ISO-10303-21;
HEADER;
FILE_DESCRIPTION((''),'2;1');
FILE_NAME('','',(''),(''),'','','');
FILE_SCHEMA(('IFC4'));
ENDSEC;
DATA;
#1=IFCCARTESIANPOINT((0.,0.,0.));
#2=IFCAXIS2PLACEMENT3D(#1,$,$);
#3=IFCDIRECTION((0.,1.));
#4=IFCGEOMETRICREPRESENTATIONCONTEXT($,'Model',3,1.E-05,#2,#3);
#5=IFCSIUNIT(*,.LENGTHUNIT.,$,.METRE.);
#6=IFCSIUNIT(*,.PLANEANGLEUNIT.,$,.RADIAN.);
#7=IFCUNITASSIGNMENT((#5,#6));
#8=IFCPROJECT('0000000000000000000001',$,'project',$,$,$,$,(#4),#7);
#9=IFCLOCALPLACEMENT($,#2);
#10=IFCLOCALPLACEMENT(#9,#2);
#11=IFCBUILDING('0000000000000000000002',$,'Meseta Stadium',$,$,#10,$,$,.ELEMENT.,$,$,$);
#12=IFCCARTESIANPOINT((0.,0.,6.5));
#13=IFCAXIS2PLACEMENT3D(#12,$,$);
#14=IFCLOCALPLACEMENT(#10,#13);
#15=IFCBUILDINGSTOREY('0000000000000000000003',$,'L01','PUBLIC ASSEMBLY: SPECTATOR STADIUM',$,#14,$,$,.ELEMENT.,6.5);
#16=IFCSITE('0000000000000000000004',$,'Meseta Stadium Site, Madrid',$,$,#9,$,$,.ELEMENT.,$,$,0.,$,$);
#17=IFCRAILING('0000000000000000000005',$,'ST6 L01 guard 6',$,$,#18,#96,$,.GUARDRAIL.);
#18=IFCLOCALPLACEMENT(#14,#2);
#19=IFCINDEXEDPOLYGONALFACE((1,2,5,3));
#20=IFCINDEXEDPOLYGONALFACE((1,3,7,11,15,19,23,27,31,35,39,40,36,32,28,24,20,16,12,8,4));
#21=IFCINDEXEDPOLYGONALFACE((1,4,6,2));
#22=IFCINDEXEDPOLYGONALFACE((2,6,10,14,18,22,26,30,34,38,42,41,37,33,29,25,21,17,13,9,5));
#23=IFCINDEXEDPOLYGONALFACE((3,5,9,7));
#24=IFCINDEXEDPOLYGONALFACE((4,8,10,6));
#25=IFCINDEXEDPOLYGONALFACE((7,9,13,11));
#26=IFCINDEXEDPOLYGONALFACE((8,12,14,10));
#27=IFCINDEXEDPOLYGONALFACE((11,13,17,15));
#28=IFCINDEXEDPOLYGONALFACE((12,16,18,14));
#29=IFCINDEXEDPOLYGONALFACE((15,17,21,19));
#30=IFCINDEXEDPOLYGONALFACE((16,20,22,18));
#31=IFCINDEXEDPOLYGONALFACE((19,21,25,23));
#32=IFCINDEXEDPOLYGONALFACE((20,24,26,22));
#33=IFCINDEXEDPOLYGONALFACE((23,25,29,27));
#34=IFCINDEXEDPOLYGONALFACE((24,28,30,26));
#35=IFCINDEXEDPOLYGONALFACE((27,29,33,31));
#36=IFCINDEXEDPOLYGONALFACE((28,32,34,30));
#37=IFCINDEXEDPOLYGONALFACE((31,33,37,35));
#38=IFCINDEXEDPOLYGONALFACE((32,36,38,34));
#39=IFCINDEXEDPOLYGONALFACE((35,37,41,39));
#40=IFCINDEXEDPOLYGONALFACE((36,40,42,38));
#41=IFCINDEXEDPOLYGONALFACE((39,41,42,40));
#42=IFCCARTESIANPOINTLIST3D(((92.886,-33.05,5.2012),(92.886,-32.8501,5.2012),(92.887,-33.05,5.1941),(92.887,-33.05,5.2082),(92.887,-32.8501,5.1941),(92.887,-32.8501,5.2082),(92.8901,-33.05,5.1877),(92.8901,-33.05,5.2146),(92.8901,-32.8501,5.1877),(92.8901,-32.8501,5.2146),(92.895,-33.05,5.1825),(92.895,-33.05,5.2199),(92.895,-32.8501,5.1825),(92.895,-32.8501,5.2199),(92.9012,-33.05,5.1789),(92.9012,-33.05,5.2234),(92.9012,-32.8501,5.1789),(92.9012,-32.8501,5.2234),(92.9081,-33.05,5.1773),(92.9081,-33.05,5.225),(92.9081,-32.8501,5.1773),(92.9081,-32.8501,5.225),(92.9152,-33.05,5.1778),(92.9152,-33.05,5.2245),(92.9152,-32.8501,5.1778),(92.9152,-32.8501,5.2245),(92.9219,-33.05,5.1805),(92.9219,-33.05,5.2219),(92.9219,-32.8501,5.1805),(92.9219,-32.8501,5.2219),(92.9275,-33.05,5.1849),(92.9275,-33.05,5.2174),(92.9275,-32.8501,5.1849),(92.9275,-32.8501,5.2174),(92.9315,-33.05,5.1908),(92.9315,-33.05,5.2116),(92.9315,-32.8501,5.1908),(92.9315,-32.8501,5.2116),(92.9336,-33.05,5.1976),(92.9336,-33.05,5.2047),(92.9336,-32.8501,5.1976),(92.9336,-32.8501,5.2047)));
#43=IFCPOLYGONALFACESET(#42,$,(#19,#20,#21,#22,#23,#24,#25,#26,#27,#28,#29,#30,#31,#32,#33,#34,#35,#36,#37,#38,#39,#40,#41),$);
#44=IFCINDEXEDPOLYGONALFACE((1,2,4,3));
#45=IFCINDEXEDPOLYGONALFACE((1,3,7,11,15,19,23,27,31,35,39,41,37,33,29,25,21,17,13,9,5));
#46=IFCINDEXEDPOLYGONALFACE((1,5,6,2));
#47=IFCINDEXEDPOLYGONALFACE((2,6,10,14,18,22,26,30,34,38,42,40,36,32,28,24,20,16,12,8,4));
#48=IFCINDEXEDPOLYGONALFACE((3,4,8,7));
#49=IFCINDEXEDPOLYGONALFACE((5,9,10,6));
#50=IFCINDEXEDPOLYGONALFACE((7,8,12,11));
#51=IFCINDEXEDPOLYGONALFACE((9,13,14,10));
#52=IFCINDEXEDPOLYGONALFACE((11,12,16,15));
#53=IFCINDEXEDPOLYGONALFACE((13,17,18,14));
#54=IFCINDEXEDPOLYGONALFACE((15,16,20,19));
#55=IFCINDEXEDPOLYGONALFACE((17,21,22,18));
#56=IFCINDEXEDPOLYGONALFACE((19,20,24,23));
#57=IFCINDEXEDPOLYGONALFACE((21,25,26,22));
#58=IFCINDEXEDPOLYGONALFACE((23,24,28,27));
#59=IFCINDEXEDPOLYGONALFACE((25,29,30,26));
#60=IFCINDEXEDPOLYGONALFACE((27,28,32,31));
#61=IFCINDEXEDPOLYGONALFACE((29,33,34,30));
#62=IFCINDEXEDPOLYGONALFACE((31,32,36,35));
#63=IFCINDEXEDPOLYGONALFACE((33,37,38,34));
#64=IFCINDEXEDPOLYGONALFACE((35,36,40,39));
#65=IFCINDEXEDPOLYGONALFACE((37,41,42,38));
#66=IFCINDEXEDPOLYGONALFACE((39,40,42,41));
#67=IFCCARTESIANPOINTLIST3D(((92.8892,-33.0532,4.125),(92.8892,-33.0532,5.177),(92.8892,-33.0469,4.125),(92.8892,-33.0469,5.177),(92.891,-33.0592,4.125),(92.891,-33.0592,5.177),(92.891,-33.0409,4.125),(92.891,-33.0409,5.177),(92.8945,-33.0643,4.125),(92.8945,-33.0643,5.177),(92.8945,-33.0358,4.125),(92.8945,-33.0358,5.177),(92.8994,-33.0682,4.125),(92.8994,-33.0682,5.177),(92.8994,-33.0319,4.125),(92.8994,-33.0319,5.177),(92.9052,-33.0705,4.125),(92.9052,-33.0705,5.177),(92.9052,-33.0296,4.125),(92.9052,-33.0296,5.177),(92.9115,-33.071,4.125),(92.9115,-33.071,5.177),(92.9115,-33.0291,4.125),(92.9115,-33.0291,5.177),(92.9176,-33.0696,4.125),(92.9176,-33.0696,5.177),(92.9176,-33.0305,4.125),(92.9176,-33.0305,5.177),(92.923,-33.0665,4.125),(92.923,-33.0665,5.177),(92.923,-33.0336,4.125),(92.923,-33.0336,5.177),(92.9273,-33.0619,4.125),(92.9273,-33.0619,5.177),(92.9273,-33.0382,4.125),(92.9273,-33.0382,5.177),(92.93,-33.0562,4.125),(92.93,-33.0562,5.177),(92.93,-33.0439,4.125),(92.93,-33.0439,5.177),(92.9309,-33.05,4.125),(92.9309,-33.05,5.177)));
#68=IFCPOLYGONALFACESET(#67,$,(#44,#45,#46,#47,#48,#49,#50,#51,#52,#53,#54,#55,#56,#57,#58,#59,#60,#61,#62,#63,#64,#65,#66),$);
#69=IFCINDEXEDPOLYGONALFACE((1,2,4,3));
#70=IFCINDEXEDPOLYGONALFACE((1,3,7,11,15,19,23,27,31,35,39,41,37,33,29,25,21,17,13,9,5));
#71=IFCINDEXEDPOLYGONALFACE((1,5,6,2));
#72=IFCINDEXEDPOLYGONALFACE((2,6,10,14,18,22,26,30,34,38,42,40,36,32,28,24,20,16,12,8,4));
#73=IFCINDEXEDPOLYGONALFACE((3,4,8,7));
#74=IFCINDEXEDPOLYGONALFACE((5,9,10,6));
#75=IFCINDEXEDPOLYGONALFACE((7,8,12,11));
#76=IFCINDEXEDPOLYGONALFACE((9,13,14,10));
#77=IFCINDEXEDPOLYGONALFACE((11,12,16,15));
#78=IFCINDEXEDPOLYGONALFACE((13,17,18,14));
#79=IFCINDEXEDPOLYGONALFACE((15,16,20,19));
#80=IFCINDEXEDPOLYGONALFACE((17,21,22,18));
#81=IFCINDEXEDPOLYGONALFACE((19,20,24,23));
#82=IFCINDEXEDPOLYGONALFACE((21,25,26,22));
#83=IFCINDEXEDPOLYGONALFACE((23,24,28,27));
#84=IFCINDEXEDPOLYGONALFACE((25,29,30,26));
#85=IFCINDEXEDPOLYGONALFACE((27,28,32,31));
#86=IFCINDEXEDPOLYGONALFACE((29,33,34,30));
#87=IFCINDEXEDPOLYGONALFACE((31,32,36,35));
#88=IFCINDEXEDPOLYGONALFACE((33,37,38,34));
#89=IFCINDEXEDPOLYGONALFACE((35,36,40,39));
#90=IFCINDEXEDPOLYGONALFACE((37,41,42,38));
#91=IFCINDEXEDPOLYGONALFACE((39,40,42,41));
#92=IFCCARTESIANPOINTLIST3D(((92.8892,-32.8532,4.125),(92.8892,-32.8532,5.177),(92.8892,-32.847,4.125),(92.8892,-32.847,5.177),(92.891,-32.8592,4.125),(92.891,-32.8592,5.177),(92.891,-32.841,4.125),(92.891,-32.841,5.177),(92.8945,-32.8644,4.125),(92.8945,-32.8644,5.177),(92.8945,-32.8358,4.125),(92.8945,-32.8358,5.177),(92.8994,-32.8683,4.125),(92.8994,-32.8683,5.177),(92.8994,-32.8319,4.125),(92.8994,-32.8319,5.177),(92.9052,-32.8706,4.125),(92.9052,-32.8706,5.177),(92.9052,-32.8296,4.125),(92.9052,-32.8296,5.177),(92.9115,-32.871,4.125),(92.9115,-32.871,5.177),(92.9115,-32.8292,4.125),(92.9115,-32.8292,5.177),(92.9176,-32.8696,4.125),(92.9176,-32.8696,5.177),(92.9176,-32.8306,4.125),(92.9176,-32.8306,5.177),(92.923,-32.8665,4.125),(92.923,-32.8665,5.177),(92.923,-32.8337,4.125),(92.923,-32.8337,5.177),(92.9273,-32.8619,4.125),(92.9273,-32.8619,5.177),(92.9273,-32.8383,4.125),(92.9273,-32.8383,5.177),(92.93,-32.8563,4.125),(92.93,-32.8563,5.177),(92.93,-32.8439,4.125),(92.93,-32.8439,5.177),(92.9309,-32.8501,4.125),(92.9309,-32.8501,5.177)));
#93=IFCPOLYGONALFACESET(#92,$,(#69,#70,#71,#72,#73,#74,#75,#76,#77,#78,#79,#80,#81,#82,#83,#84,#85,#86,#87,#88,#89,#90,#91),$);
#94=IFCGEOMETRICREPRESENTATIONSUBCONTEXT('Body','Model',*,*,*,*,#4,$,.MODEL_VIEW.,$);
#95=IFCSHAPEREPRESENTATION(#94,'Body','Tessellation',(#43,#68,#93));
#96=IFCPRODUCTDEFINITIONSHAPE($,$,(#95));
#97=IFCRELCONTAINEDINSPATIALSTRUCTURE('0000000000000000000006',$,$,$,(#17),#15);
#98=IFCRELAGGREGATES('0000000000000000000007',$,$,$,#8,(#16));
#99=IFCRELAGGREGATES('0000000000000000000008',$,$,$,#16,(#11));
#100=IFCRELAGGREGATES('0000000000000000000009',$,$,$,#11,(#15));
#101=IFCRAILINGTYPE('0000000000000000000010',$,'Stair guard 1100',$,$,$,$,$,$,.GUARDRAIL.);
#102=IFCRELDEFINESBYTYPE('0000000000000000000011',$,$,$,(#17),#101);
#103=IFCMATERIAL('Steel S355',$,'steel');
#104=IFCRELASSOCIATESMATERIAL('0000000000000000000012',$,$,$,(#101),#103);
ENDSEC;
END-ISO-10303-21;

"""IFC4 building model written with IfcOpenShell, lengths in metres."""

from ifc_helpers import new_model, si_unit, direction, frame, origin, origin_2d, place, context, subcontext, project, spatial, circle, extrude, material, type_object, element, save


model = new_model("IFC4")

# Units and contexts
model_context = context("Model", 3, precision=1e-05, world=origin(), true_north=direction((0.0, 1.0)))
body_context = subcontext(model_context, "Body", "Model", "MODEL_VIEW")
ifc_project = project(units=[si_unit("LENGTHUNIT", "METRE"), si_unit("PLANEANGLEUNIT", "RADIAN")], contexts=[model_context])

# Site, building, storey
site_placement = place(None, origin())
site = spatial("IfcSite", under=ifc_project, at=site_placement, Name="Meseta Stadium Site, Madrid", CompositionType="ELEMENT", RefElevation=0.0)
building_placement = place(site_placement, origin())
building = spatial("IfcBuilding", under=site, at=building_placement, Name="Meseta Stadium", CompositionType="ELEMENT")
storey_placement = place(building_placement, frame((0.0, 0.0, 6.5)))
storey = spatial("IfcBuildingStorey", under=building, at=storey_placement, Name="L01", Description="PUBLIC ASSEMBLY: SPECTATOR STADIUM", CompositionType="ELEMENT", Elevation=6.5)

# Railing
ifc_material_1 = material(Name="Steel S355", Category="steel")
railing_type_1 = type_object("IfcRailingType", Name="Stair guard 1100", PredefinedType="GUARDRAIL", material=ifc_material_1)
railing_1_placement = place(storey_placement, frame((92.9099, -33.05, 4.125)))
element("IfcRailing", 1, at=railing_1_placement, inside=storey, type_object=railing_type_1, Name="ST6 L01 guard 6", PredefinedType="GUARDRAIL", context=body_context, shape_type="SweptSolid", body=[
    extrude(circle(Radius=0.0239, at=origin_2d()), frame((0.0, 0.0, 1.0762), z_axis=(0.0, 1.0, 0.0), x_axis=(-1.0, 0.0, 0.0)), (0.0, 0.0, 1.0), 0.2),
    extrude(circle(Radius=0.021, at=origin_2d()), origin(), (0.0, 0.0, 1.0), 1.052),
    extrude(circle(Radius=0.021, at=origin_2d()), frame((0.0, 0.2, 0.0)), (0.0, 0.0, 1.0), 1.052),
])

save(model, "model.ifc")
